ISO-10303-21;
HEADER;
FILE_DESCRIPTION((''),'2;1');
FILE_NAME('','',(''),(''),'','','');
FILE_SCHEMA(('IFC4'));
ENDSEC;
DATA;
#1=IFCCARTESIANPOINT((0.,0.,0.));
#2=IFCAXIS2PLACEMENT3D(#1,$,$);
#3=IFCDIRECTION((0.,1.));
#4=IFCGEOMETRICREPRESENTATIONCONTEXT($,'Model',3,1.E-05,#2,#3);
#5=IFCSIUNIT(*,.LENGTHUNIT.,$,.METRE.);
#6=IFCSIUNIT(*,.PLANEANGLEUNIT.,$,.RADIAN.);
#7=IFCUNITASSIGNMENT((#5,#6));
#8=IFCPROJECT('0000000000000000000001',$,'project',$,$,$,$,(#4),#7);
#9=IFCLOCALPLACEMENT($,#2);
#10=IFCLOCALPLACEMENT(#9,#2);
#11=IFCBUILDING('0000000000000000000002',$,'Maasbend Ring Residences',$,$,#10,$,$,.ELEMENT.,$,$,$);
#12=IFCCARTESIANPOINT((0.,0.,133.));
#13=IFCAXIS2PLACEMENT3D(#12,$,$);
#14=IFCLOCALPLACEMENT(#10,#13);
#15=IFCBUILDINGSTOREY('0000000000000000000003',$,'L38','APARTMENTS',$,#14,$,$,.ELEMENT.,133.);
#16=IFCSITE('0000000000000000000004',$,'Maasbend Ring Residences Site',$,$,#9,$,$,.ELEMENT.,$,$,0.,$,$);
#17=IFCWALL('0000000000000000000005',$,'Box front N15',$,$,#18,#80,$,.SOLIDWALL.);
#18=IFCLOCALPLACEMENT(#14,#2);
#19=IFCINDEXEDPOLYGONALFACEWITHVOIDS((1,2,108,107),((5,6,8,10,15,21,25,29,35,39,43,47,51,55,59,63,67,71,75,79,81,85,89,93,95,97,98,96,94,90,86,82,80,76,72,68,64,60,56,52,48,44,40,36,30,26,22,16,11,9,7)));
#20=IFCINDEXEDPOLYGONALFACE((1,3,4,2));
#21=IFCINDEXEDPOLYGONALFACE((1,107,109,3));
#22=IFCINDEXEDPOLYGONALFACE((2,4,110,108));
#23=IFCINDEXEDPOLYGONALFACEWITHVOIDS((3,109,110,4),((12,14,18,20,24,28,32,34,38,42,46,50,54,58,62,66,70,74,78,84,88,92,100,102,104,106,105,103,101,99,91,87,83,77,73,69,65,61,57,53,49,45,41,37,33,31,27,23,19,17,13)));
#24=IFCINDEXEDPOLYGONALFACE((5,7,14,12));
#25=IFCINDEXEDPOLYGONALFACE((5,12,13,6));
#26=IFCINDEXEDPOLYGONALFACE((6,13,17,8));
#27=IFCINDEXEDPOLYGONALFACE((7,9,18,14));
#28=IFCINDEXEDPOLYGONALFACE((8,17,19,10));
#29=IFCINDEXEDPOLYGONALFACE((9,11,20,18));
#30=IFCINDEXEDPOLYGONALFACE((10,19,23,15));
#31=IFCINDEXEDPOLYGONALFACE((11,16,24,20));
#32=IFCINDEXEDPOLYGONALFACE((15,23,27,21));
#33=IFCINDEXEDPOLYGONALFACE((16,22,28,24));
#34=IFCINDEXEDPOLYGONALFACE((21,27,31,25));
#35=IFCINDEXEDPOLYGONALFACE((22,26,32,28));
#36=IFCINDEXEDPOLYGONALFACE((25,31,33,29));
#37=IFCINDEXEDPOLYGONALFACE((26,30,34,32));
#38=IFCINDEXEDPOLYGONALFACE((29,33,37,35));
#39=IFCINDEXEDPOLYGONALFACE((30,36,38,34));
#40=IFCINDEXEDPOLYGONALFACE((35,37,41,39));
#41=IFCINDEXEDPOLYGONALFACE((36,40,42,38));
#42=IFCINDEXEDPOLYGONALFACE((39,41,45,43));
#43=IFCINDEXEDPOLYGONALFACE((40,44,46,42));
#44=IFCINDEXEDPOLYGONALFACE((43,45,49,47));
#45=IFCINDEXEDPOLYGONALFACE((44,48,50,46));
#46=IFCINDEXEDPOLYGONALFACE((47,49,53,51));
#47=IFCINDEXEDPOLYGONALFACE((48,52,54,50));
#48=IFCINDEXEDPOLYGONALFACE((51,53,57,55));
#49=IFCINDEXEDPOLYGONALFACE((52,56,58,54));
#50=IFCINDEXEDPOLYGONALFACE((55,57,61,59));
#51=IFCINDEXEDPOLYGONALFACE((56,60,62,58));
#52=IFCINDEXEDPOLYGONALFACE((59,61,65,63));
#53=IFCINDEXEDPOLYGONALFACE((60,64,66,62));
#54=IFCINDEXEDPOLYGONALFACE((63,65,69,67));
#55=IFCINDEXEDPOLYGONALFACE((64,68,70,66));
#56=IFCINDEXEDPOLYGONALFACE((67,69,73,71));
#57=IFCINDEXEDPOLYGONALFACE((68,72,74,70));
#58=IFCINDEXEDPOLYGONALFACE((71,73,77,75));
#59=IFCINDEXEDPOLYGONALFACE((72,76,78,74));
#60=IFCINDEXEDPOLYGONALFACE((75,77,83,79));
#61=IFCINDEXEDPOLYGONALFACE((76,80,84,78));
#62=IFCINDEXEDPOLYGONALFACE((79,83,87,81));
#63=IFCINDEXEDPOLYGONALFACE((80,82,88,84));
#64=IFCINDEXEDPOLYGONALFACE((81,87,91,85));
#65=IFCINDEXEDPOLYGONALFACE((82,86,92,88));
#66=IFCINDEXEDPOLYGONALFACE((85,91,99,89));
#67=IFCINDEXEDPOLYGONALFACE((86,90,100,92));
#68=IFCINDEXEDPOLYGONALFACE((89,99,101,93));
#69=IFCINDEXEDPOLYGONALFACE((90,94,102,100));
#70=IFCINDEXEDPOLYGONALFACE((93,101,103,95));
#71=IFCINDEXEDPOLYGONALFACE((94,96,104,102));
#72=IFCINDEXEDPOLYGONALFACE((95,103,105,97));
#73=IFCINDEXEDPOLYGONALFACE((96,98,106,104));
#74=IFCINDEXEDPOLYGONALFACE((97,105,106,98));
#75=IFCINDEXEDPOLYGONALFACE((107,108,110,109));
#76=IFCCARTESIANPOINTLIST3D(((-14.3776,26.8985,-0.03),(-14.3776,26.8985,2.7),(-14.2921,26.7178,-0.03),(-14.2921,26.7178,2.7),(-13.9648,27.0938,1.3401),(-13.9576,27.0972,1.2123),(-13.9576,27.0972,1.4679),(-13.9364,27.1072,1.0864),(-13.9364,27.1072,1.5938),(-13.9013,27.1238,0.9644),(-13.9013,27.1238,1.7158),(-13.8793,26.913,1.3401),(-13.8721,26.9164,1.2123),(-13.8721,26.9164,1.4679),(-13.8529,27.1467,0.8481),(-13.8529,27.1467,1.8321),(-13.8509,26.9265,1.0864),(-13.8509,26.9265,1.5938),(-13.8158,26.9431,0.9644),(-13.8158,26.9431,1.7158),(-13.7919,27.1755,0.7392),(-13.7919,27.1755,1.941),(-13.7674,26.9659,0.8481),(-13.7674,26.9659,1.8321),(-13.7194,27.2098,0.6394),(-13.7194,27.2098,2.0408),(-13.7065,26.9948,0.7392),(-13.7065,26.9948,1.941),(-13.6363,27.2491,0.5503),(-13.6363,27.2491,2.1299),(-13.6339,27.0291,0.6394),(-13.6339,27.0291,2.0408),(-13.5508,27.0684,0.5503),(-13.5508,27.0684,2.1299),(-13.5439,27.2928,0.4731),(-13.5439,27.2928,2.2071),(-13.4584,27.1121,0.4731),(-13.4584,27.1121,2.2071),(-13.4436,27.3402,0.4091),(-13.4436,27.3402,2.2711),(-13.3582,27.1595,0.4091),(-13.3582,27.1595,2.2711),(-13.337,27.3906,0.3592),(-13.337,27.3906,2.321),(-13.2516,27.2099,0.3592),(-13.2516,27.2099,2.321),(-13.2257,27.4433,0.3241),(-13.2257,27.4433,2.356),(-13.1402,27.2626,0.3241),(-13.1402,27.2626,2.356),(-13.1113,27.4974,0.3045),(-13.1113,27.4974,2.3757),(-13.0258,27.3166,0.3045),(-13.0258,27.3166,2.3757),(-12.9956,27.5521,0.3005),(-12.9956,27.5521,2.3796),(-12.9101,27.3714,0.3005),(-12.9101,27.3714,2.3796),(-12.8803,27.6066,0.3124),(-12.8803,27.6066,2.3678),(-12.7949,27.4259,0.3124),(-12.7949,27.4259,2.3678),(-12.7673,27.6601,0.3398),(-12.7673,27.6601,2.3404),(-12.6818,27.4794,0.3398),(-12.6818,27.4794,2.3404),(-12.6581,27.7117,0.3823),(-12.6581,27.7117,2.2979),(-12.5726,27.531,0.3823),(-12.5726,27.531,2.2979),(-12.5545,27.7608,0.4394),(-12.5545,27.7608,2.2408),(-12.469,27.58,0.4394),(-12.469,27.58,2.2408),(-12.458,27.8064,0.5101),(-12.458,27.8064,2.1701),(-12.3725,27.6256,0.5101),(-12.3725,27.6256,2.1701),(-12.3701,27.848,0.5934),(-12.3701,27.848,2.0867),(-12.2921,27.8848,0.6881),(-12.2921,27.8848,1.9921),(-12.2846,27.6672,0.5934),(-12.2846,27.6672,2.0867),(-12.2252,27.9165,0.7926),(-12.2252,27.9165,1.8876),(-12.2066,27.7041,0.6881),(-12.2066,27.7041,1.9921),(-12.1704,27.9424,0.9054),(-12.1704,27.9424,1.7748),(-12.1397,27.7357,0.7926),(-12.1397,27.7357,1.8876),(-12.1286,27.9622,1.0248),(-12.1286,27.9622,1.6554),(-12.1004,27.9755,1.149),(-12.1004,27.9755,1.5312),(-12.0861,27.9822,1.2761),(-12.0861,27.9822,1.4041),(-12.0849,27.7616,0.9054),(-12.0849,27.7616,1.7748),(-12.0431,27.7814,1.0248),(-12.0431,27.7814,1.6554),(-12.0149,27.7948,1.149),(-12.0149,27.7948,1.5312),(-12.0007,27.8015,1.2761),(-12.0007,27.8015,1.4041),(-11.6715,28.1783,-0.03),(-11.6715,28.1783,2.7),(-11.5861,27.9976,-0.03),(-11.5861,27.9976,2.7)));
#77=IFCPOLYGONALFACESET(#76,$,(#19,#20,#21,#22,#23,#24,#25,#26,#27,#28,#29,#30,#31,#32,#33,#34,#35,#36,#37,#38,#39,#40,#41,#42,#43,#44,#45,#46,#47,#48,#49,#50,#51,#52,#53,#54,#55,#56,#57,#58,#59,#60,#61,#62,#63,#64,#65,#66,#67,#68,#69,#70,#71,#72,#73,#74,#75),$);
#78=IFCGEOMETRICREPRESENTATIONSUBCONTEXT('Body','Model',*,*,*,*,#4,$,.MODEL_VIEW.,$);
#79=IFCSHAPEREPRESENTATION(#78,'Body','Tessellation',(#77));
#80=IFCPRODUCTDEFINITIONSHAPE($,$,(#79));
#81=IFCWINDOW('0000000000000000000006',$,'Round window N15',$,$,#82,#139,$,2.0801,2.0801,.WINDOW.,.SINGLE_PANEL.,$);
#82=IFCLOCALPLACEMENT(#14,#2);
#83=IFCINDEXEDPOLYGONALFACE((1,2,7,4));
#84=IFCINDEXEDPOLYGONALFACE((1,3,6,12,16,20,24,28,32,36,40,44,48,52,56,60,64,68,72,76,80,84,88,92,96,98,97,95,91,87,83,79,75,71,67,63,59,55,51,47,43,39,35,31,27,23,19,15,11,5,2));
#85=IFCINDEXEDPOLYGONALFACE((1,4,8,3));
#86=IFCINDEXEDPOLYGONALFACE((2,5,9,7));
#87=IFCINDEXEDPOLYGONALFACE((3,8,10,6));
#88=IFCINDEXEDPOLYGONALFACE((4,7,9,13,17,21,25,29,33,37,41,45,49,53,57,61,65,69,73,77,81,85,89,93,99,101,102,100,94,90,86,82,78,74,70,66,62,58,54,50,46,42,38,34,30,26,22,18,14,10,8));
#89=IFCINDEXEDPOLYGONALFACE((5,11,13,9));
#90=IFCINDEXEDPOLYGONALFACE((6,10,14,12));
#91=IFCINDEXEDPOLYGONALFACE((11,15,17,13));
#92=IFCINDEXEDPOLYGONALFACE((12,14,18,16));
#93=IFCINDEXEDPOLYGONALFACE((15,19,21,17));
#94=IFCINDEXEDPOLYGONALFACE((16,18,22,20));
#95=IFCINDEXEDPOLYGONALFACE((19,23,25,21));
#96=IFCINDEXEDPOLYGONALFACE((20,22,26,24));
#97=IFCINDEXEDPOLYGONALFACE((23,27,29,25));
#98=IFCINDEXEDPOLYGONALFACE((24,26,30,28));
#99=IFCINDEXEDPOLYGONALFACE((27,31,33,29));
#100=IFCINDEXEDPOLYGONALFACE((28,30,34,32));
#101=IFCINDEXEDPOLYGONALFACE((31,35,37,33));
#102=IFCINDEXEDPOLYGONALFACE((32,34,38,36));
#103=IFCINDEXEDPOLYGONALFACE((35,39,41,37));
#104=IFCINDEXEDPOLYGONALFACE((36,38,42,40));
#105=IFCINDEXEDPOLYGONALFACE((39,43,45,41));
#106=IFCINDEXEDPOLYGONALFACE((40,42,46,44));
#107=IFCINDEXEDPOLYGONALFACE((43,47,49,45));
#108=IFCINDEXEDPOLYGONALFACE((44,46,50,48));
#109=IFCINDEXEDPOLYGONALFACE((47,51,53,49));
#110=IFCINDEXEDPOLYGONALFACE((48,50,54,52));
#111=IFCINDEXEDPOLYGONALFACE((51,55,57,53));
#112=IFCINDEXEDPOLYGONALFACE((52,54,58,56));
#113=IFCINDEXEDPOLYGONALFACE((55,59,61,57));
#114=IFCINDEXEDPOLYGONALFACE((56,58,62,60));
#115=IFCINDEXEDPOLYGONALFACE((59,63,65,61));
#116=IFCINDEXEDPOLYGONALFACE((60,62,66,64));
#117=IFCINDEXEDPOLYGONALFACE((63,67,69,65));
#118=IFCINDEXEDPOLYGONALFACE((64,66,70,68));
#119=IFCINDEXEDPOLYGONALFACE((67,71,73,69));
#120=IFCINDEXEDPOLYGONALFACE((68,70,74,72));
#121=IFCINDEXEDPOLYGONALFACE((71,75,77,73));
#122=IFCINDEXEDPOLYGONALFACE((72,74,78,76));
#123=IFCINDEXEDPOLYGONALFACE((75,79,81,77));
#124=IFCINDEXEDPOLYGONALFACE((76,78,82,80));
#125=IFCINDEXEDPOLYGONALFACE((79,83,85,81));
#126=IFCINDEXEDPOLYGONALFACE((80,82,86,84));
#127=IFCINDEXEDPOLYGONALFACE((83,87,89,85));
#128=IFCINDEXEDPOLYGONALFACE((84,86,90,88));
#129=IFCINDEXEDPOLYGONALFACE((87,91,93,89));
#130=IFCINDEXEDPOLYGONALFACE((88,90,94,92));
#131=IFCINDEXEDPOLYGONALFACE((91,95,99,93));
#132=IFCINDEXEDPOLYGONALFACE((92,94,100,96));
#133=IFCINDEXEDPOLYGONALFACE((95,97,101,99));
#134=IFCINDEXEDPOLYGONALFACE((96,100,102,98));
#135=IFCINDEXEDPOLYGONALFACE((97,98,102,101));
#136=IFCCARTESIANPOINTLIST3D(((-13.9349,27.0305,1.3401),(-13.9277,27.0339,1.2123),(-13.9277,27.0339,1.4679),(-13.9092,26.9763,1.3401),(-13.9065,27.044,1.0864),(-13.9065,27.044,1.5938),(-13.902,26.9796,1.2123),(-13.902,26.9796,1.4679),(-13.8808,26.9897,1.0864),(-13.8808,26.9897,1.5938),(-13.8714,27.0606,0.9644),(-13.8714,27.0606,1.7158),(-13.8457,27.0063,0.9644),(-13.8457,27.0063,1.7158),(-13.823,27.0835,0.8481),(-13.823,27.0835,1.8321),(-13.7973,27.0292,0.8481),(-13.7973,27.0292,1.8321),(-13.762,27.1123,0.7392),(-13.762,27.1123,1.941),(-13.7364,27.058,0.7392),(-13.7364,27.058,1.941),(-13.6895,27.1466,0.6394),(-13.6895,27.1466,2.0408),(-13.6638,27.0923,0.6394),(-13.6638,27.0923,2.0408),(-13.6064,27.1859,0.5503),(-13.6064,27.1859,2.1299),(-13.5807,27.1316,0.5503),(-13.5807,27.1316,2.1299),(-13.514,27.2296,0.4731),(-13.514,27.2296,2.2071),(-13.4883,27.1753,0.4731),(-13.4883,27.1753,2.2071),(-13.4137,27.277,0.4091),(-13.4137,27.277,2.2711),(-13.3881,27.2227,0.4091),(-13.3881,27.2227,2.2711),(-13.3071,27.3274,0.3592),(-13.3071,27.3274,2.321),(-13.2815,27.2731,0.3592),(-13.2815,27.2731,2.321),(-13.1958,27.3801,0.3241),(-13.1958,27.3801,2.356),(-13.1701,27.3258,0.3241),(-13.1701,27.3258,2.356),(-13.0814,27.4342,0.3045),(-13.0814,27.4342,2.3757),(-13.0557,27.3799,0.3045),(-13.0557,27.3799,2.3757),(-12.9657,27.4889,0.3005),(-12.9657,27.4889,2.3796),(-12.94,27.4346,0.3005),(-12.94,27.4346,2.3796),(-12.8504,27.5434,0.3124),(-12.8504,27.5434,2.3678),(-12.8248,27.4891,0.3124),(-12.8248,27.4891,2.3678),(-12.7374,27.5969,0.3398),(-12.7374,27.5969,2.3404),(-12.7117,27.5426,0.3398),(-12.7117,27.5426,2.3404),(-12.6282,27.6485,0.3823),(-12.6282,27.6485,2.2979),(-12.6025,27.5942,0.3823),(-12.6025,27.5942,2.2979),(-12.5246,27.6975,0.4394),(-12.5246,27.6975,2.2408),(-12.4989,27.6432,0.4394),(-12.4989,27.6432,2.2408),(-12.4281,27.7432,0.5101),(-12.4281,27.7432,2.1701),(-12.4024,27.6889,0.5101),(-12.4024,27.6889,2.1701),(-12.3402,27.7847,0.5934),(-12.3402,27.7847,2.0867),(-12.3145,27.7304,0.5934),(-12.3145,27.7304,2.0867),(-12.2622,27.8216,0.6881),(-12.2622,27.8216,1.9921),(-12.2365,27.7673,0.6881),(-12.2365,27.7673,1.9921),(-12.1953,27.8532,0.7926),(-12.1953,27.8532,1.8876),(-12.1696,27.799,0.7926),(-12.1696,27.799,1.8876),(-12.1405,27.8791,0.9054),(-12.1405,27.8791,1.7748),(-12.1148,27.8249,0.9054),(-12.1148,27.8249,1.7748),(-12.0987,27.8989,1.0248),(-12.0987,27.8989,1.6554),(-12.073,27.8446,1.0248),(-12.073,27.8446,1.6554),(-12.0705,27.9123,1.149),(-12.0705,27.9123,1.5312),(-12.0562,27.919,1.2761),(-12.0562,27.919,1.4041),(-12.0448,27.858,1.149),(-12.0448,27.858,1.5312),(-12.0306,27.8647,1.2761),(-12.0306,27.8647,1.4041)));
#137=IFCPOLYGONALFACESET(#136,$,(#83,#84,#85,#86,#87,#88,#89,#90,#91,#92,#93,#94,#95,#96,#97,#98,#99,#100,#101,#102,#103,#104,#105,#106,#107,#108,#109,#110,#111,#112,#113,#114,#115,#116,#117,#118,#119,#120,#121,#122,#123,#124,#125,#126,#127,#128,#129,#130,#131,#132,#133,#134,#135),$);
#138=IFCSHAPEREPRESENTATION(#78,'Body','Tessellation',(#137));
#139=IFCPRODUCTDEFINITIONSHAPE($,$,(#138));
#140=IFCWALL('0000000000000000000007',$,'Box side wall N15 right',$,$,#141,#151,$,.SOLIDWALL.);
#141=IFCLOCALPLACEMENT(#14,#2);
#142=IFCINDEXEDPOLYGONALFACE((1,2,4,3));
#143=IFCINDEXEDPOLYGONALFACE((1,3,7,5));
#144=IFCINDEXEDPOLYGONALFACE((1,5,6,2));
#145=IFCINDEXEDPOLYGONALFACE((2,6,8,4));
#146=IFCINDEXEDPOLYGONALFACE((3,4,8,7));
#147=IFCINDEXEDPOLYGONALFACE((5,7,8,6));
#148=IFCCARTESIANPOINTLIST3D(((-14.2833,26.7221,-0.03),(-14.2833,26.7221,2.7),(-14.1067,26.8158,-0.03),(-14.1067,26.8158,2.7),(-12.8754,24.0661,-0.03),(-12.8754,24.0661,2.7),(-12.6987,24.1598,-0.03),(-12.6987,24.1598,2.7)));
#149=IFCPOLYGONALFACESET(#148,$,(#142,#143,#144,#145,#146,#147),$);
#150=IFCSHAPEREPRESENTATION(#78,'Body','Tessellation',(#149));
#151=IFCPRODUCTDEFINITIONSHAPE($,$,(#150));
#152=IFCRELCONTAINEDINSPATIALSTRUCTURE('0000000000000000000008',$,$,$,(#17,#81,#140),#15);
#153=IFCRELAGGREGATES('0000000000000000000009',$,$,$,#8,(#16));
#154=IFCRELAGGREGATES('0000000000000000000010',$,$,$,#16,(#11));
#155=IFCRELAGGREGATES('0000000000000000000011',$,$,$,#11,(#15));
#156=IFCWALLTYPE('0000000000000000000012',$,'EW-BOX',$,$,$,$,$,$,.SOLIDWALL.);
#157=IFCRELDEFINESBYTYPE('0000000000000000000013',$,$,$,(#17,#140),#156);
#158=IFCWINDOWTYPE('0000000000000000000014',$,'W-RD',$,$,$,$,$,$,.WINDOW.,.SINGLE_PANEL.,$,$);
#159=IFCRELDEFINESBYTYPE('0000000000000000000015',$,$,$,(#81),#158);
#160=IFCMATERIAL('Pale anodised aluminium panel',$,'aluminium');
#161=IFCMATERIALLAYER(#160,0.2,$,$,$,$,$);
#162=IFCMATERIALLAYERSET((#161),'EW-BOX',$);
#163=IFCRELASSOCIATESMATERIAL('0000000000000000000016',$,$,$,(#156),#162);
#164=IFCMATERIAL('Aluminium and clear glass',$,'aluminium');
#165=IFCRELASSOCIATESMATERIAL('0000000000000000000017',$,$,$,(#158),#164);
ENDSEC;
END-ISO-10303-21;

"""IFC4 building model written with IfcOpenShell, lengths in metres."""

from ifc_helpers import new_model, si_unit, direction, frame, frame_2d, origin, place, context, subcontext, project, spatial, rectangle, circle, extrude, material, layer, layer_set, type_object, element, fill, save


model = new_model("IFC4")

# Units and contexts
model_context = context("Model", 3, precision=1e-05, world=origin(), true_north=direction((0.0, 1.0)))
body_context = subcontext(model_context, "Body", "Model", "MODEL_VIEW")
ifc_project = project(units=[si_unit("LENGTHUNIT", "METRE"), si_unit("PLANEANGLEUNIT", "RADIAN")], contexts=[model_context])

# Site, building, storey
site_placement = place(None, origin())
site = spatial("IfcSite", under=ifc_project, at=site_placement, Name="Maasbend Ring Residences Site", CompositionType="ELEMENT", RefElevation=0.0)
building_placement = place(site_placement, origin())
building = spatial("IfcBuilding", under=site, at=building_placement, Name="Maasbend Ring Residences", CompositionType="ELEMENT")
storey_placement = place(building_placement, frame((0.0, 0.0, 133.0)))
storey = spatial("IfcBuildingStorey", under=building, at=storey_placement, Name="L38", Description="APARTMENTS", CompositionType="ELEMENT", Elevation=133.0)

# Wall, opening, window
ifc_material_1 = material(Name="Pale anodised aluminium panel", Category="aluminium")
ifc_layer_1 = layer(ifc_material_1, 0.2)
ifc_layer_set_1 = layer_set([ifc_layer_1], Name="EW-BOX")
wall_type_1 = type_object("IfcWallType", Name="EW-BOX", PredefinedType="SOLIDWALL", material=ifc_layer_set_1)
wall_1_placement = place(storey_placement, frame((-11.6289, 28.0879, -0.03), z_axis=(0.0, 0.0, 1.0), x_axis=(-0.904, -0.427532, 0.0)))
wall_1 = element("IfcWall", 1, at=wall_1_placement, inside=storey, type_object=wall_type_1, Name="Box front N15", PredefinedType="SOLIDWALL", context=body_context, shape_type="SweptSolid", body=[
    extrude(rectangle(XDim=2.9934, YDim=0.2, at=frame_2d((1.4966, 0.0))), origin(), (0.0, 0.0, 1.0), 2.73),
])
opening_1_placement = place(wall_1_placement, frame((0.4565, 0.0, 0.3301)))
opening_1 = element("IfcOpeningElement", 2, at=opening_1_placement, cuts=wall_1, PredefinedType="OPENING", context=body_context, shape_type="SweptSolid", body=[
    extrude(circle(Radius=1.04, at=frame_2d((1.04, 1.04))), frame((0.0, 0.1099, 0.0), z_axis=(0.0, -1.0, 0.0), x_axis=(1.0, 0.0, 0.0)), (0.0, 0.0, 1.0), 0.22),
])
ifc_material_2 = material(Name="Aluminium and clear glass", Category="aluminium")
window_type_1 = type_object("IfcWindowType", Name="W-RD", PartitioningType="SINGLE_PANEL", PredefinedType="WINDOW", material=ifc_material_2)
window_1_placement = place(opening_1_placement, origin())
window_1 = element("IfcWindow", 3, at=window_1_placement, inside=storey, type_object=window_type_1, Name="Round window N15", OverallHeight=2.0801, OverallWidth=2.0801, PartitioningType="SINGLE_PANEL", PredefinedType="WINDOW", context=body_context, shape_type="SweptSolid", body=[
    extrude(circle(Radius=1.04, at=frame_2d((1.04, 1.04))), frame((0.0, 0.03, 0.0), z_axis=(0.0, -1.0, 0.0), x_axis=(1.0, 0.0, 0.0)), (0.0, 0.0, 1.0), 0.0601),
])
fill(opening_1, window_1)

# Wall
wall_2_placement = place(storey_placement, frame((-12.7871, 24.113, -0.03), z_axis=(0.0, 0.0, 1.0), x_axis=(-0.468365, 0.883535, 0.0)))
element("IfcWall", 4, at=wall_2_placement, inside=storey, type_object=wall_type_1, Name="Box side wall N15 right", PredefinedType="SOLIDWALL", context=body_context, shape_type="SweptSolid", body=[
    extrude(rectangle(XDim=3.0061, YDim=0.2, at=frame_2d((1.5029, 0.0))), origin(), (0.0, 0.0, 1.0), 2.73),
])

save(model, "model.ifc")
